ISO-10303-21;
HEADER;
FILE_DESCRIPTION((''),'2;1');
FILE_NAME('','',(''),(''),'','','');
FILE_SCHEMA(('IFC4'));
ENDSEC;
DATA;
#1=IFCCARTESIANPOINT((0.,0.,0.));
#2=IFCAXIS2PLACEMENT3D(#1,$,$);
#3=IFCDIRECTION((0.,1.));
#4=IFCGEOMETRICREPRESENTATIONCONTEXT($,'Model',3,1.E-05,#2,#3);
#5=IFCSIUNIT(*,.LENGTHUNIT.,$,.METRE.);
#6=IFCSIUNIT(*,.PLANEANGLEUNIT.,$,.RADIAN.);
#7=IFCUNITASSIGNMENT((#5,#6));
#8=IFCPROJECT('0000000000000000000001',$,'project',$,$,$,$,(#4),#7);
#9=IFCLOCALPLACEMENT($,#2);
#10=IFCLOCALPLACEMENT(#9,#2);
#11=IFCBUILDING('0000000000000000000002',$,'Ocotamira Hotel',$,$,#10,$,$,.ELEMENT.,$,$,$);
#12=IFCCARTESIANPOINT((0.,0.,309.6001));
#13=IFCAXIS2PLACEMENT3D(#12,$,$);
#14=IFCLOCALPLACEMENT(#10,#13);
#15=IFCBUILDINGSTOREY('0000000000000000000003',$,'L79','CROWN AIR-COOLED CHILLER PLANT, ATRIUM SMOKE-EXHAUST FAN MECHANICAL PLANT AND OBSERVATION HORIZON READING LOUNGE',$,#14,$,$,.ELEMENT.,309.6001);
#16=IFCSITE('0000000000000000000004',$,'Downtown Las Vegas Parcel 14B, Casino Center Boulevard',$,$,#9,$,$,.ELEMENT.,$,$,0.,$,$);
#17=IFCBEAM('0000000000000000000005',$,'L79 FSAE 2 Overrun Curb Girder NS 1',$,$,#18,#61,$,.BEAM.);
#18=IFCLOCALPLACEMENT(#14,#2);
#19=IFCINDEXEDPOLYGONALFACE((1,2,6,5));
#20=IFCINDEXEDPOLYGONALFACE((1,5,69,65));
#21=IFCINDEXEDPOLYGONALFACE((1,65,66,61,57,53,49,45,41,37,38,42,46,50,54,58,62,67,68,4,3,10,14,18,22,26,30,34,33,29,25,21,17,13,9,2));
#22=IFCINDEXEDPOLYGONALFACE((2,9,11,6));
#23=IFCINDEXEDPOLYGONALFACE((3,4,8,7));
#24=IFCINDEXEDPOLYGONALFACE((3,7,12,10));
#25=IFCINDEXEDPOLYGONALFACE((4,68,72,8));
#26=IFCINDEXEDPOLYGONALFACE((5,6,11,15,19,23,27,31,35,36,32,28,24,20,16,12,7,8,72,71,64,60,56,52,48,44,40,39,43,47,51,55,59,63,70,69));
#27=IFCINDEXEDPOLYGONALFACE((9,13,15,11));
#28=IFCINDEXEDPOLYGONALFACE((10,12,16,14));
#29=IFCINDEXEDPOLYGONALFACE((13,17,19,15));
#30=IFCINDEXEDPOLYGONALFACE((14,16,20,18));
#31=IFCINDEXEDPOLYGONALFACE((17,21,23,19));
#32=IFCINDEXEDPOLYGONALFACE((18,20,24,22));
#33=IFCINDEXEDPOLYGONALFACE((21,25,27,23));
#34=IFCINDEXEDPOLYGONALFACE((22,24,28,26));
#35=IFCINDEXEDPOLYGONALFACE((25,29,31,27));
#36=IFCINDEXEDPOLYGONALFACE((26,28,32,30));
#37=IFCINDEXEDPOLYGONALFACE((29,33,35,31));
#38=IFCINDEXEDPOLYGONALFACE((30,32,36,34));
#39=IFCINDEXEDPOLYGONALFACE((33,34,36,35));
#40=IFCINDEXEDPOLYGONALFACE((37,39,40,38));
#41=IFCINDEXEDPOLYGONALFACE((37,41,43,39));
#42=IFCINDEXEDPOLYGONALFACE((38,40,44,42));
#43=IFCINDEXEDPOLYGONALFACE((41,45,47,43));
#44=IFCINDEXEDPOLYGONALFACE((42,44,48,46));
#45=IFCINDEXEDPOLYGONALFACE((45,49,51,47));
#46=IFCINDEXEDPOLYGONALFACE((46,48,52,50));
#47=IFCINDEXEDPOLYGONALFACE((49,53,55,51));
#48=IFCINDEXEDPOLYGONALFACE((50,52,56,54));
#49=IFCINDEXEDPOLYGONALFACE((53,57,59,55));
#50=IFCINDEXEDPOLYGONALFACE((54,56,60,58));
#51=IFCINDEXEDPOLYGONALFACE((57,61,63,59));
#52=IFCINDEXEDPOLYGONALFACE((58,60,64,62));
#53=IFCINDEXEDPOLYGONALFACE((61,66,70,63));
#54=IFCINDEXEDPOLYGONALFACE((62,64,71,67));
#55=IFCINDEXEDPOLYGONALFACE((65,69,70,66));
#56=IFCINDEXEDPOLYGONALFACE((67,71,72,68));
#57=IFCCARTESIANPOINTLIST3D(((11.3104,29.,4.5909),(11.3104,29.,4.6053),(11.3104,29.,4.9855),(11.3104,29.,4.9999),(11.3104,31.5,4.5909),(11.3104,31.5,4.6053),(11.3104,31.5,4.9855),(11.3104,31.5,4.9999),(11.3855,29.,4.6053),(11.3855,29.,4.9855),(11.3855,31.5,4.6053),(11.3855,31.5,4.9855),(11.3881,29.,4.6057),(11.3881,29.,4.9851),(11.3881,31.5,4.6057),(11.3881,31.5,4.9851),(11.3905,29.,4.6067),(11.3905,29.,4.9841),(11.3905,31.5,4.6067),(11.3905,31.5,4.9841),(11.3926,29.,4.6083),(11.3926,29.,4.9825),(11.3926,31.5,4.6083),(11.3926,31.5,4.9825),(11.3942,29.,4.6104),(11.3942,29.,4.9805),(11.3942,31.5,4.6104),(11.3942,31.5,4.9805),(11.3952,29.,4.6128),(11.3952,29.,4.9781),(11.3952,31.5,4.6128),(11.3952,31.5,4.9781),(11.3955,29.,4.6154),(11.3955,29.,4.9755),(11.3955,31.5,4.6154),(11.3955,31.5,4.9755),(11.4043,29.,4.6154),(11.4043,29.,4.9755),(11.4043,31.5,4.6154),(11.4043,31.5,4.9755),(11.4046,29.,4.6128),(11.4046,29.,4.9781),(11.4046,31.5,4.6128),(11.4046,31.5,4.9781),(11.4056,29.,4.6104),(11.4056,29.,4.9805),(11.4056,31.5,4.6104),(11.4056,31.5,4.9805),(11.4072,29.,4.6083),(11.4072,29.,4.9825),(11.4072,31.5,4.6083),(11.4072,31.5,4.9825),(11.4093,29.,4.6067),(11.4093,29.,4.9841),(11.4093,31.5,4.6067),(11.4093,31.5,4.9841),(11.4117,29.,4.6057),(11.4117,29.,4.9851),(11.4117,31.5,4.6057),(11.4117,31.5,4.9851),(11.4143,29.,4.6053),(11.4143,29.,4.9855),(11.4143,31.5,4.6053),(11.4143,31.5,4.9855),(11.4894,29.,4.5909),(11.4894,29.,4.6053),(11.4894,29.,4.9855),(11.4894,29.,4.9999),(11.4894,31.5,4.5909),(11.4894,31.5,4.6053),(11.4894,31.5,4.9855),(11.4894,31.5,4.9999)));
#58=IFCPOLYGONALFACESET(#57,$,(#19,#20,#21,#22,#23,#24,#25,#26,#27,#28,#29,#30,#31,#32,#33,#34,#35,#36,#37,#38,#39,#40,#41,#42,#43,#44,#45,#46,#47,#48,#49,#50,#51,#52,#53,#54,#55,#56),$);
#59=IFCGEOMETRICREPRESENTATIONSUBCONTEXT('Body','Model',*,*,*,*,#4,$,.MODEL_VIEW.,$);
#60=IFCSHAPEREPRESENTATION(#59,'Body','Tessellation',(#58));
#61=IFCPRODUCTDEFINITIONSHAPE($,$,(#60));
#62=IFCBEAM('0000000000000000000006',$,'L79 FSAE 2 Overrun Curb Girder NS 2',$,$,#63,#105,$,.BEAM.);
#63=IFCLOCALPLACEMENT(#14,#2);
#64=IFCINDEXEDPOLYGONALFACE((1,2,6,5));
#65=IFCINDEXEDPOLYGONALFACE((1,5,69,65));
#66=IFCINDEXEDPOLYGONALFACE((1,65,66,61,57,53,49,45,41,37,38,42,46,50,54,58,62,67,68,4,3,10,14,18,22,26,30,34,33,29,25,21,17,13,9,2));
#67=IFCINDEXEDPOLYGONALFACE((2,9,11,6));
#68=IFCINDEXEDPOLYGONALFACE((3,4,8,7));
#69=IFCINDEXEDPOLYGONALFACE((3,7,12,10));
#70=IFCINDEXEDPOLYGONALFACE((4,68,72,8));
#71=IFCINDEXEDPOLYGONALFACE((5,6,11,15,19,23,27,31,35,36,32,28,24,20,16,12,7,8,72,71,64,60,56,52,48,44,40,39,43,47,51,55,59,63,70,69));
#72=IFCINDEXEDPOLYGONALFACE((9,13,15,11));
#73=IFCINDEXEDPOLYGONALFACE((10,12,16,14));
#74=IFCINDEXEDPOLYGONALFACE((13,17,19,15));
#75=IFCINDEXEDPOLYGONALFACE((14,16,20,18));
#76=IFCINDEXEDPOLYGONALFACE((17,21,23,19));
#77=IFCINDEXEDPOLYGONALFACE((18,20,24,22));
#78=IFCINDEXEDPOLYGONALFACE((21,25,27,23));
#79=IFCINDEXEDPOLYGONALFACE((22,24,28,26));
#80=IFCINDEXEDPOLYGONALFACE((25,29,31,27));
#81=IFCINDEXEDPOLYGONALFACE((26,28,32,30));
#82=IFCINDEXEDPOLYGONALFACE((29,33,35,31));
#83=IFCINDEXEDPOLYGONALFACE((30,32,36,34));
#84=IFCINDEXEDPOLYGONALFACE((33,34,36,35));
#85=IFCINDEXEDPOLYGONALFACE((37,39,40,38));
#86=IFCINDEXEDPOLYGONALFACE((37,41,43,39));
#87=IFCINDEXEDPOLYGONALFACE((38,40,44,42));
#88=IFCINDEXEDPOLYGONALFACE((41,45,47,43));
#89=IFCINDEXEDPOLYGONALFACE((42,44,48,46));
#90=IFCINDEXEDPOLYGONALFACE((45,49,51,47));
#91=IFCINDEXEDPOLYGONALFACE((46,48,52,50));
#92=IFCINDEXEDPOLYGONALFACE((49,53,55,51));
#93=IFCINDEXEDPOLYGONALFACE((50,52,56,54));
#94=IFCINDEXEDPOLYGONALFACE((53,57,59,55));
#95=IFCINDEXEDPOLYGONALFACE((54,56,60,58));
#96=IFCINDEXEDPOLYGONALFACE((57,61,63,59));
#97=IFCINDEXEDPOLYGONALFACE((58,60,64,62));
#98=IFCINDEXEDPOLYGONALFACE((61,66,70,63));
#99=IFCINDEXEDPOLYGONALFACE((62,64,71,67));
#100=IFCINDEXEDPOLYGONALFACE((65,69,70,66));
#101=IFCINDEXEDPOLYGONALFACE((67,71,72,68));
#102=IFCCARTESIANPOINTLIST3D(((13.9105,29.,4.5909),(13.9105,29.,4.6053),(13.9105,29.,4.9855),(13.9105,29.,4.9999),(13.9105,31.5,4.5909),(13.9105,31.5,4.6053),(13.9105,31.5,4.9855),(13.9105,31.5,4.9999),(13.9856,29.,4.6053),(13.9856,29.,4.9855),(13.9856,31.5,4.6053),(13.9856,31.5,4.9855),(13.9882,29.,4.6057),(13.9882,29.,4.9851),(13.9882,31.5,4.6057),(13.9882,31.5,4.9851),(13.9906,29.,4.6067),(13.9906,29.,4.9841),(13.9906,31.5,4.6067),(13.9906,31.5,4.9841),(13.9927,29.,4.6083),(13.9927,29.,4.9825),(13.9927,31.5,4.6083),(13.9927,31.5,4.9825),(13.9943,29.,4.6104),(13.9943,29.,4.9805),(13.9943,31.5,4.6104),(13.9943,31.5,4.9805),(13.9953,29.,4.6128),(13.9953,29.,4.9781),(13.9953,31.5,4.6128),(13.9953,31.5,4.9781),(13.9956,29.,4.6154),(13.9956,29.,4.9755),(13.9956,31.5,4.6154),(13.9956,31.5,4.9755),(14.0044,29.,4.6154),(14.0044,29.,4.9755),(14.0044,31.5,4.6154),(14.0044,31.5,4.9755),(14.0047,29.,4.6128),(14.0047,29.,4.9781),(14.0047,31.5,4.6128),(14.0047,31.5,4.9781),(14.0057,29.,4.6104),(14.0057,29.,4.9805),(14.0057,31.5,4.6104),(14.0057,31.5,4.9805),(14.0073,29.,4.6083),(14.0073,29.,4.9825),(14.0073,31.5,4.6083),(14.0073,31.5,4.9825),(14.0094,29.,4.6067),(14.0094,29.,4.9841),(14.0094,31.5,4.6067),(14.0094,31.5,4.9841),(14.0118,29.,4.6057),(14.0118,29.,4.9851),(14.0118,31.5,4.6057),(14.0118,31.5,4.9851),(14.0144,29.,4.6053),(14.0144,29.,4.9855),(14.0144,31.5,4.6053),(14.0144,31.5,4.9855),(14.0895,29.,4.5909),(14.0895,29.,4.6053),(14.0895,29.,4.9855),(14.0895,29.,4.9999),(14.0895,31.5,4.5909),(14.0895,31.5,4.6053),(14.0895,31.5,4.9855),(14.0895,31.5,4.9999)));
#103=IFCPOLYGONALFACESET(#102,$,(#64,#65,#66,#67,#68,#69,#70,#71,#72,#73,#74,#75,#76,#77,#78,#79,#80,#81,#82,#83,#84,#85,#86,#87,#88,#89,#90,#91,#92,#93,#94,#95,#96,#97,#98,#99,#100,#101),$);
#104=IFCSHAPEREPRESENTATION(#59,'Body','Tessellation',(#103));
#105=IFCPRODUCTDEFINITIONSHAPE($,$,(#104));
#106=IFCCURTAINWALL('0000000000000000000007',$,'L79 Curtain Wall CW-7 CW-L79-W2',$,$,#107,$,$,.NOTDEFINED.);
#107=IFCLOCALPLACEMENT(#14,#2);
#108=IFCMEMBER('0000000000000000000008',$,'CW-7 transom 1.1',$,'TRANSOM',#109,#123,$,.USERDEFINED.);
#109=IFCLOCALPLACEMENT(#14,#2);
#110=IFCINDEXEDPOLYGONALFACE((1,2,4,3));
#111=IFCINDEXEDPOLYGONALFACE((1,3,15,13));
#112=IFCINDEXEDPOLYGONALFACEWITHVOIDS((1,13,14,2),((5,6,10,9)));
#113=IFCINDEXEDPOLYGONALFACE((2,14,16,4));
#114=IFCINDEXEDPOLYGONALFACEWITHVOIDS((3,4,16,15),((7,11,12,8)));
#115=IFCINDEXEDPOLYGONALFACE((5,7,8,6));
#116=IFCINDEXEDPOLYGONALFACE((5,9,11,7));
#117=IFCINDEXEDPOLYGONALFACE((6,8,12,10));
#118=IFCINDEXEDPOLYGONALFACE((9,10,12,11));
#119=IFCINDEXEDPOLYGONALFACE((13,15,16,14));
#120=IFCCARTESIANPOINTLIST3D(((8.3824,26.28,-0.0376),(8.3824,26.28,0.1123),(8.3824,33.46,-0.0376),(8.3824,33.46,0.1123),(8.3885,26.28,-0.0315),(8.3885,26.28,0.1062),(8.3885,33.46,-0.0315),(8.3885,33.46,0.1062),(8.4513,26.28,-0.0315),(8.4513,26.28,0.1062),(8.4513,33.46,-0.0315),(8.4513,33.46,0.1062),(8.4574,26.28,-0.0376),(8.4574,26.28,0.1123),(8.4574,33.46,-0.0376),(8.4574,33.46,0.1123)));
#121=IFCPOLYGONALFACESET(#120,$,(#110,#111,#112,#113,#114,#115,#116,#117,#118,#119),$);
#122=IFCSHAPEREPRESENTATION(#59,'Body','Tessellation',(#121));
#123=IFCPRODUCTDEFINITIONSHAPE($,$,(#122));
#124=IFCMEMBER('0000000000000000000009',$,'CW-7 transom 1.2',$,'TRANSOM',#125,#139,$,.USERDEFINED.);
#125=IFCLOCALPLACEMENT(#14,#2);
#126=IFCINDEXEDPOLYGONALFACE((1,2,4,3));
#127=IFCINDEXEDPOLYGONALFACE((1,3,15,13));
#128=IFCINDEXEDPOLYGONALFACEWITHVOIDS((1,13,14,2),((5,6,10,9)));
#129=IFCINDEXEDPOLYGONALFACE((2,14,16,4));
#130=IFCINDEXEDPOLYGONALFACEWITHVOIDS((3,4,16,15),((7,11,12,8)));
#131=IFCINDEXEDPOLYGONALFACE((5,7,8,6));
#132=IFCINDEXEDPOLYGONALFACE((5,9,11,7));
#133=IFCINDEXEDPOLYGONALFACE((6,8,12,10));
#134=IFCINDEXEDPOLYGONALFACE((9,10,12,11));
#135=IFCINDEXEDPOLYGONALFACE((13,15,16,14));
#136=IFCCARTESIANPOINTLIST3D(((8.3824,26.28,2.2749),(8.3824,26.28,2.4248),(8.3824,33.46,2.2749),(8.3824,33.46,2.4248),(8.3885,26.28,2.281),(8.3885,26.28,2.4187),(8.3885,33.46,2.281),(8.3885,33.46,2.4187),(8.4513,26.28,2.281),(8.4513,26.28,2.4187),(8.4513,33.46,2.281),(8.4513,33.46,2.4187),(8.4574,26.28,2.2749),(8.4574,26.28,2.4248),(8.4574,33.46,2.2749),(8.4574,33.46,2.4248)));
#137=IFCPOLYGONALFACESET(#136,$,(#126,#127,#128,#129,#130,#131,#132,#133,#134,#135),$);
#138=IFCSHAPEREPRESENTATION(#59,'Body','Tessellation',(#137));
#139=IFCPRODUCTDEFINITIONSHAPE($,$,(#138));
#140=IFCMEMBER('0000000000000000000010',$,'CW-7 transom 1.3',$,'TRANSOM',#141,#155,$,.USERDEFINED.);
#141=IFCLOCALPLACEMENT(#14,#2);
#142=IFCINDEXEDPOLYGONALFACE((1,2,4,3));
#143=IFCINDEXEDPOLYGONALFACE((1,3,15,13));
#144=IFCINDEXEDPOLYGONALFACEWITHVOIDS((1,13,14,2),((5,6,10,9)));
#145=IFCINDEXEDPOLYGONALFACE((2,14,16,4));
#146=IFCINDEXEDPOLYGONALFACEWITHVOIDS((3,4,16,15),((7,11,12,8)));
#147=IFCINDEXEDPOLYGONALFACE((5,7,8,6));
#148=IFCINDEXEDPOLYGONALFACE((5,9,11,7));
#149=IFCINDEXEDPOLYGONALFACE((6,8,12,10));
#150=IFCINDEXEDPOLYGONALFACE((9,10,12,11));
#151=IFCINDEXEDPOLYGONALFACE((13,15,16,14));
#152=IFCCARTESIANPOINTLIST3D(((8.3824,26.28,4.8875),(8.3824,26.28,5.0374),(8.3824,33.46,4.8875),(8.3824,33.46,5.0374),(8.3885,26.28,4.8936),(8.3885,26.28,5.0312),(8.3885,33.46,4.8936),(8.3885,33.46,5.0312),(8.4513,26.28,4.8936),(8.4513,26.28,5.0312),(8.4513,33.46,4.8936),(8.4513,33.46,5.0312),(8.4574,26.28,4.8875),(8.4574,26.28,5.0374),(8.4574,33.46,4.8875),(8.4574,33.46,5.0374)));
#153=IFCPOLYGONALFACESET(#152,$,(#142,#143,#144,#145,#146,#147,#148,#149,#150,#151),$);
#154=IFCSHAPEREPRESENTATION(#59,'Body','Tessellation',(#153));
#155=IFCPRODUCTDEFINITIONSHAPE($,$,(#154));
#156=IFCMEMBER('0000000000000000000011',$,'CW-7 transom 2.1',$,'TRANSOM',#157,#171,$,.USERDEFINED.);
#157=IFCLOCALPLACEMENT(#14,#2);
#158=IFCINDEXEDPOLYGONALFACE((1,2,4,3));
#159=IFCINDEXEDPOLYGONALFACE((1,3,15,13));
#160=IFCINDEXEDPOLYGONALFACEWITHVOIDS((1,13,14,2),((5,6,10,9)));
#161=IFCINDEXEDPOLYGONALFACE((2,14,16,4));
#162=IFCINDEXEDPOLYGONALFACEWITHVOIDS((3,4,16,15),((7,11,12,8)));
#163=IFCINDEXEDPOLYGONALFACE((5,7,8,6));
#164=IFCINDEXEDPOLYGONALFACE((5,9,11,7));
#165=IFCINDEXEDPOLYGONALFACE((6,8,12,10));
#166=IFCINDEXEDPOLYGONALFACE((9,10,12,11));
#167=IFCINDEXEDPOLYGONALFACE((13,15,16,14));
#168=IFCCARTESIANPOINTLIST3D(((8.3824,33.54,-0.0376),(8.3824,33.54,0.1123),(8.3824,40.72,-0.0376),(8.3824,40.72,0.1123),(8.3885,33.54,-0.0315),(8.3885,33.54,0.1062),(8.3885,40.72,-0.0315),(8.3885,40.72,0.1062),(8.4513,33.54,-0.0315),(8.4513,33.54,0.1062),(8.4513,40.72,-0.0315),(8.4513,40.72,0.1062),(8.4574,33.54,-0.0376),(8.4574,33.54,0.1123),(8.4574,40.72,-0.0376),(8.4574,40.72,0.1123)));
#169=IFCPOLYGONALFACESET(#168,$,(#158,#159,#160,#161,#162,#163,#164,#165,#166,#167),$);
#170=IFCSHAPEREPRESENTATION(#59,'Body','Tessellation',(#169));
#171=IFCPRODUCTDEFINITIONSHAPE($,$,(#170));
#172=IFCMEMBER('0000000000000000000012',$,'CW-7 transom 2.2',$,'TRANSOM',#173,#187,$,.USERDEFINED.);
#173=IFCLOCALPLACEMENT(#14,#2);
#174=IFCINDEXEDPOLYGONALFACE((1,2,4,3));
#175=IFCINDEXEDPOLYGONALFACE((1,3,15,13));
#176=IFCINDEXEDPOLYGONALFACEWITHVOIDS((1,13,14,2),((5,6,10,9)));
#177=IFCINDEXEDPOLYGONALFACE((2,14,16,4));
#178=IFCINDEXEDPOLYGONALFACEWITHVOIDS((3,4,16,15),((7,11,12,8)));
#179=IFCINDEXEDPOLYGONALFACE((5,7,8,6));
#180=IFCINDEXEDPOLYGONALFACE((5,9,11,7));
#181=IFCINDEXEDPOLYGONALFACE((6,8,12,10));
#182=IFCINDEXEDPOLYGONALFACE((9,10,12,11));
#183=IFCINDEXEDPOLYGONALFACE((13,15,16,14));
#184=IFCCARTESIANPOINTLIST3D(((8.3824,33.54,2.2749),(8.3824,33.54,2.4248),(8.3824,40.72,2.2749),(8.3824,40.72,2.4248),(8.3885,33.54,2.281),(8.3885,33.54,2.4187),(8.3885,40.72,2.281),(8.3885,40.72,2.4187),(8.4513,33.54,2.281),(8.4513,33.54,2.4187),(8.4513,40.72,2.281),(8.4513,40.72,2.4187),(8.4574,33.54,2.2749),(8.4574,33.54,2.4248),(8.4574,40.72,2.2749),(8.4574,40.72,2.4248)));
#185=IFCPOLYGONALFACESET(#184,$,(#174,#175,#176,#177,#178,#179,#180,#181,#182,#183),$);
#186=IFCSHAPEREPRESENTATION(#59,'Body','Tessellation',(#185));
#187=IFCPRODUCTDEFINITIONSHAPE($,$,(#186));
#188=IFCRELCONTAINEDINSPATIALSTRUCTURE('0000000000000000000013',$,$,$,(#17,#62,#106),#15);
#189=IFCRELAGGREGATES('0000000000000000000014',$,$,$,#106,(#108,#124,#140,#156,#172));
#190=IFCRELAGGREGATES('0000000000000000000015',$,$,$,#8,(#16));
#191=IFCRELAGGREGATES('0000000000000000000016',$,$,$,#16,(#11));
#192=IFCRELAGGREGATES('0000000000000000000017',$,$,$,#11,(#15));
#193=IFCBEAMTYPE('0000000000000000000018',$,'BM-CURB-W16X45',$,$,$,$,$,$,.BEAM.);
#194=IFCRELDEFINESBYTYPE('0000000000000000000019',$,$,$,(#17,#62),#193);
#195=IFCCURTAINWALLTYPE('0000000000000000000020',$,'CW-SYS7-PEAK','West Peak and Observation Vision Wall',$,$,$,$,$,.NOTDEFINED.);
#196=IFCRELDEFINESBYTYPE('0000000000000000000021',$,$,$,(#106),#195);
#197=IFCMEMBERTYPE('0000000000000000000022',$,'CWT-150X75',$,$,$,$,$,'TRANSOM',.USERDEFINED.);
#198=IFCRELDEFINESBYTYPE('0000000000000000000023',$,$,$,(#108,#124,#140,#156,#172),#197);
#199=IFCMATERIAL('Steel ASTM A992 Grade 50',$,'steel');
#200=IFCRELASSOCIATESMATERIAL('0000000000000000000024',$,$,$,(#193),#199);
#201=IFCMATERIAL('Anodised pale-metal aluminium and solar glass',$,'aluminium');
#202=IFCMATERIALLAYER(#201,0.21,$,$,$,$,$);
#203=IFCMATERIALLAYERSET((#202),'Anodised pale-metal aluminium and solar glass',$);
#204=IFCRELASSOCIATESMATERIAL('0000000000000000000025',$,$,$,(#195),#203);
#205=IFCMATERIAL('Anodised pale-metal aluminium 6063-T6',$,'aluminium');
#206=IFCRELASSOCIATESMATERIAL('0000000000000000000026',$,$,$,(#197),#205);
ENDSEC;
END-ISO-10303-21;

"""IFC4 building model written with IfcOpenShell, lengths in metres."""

from ifc_helpers import new_model, si_unit, direction, frame, origin, origin_2d, place, context, subcontext, project, spatial, hollow_rectangle, i_section, extrude, source, transform, mapped, material, layer, layer_set, material_profile, profile_set, type_object, element, aggregate, save


model = new_model("IFC4")

# Units and contexts
model_context = context("Model", 3, precision=1e-05, world=origin(), true_north=direction((0.0, 1.0)))
body_context = subcontext(model_context, "Body", "Model", "MODEL_VIEW")
ifc_project = project(units=[si_unit("LENGTHUNIT", "METRE"), si_unit("PLANEANGLEUNIT", "RADIAN")], contexts=[model_context])

# Site, building, storey
site_placement = place(None, origin())
site = spatial("IfcSite", under=ifc_project, at=site_placement, Name="Downtown Las Vegas Parcel 14B, Casino Center Boulevard", CompositionType="ELEMENT", RefElevation=0.0)
building_placement = place(site_placement, origin())
building = spatial("IfcBuilding", under=site, at=building_placement, Name="Ocotamira Hotel", CompositionType="ELEMENT")
storey_placement = place(building_placement, frame((0.0, 0.0, 309.6001)))
storey = spatial("IfcBuildingStorey", under=building, at=storey_placement, Name="L79", Description="CROWN AIR-COOLED CHILLER PLANT, ATRIUM SMOKE-EXHAUST FAN MECHANICAL PLANT AND OBSERVATION HORIZON READING LOUNGE", CompositionType="ELEMENT", Elevation=309.6001)

# Beams
ifc_material_1 = material(Name="Steel ASTM A992 Grade 50", Category="steel")
ifc_material_profile_1 = material_profile(ifc_material_1, i_section(OverallWidth=0.179, OverallDepth=0.4089, WebThickness=0.0088, FlangeThickness=0.0144, FilletRadius=0.01, at=origin_2d()), Name="W16X45")
ifc_profile_set_1 = profile_set([ifc_material_profile_1], Name="Steel ASTM A992 Grade 50")
beam_type_1 = type_object("IfcBeamType", Name="BM-CURB-W16X45", PredefinedType="BEAM", material=ifc_profile_set_1)
shared_shape_1 = source(origin(), body_context, "Body", "SweptSolid", [
    extrude(i_section(OverallWidth=0.179, OverallDepth=0.4089, WebThickness=0.0088, FlangeThickness=0.0144, FilletRadius=0.01, at=origin_2d()), origin(), (0.0, 0.0, 1.0), 2.5),
])
for number, where, z_axis, x_axis, name in (
    (1, (11.3999, 29.0, 4.7954), (0.0, 1.0, 0.0), (-1.0, 0.0, 0.0), "L79 FSAE 2 Overrun Curb Girder NS 1"),
    (2, (14.0, 29.0, 4.7954), (0.0, 1.0, 0.0), (-1.0, 0.0, 0.0), "L79 FSAE 2 Overrun Curb Girder NS 2"),
):
    element("IfcBeam", number, at=place(storey_placement, frame(where, z_axis=z_axis, x_axis=x_axis)), inside=storey, type_object=beam_type_1, Name=name, PredefinedType="BEAM", context=body_context, shape_type="MappedRepresentation", body=[
        mapped(shared_shape_1, transform((0.0, 0.0, 0.0), scale=1.0)),
    ])

# Curtain wall, members
ifc_material_2 = material(Name="Anodised pale-metal aluminium and solar glass", Category="aluminium")
ifc_layer_1 = layer(ifc_material_2, 0.21)
ifc_layer_set_1 = layer_set([ifc_layer_1], Name="Anodised pale-metal aluminium and solar glass")
curtain_wall_type = type_object("IfcCurtainWallType", Name="CW-SYS7-PEAK", Description="West Peak and Observation Vision Wall", PredefinedType="NOTDEFINED", material=ifc_layer_set_1)
curtain_wall_placement = place(storey_placement, origin())
curtain_wall = element("IfcCurtainWall", 3, at=curtain_wall_placement, inside=storey, type_object=curtain_wall_type, Name="L79 Curtain Wall CW-7 CW-L79-W2", PredefinedType="NOTDEFINED")
ifc_material_3 = material(Name="Anodised pale-metal aluminium 6063-T6", Category="aluminium")
ifc_material_profile_2 = material_profile(ifc_material_3, hollow_rectangle(XDim=0.075, YDim=0.1499, WallThickness=0.0061, at=origin_2d()), Name="HSS150X75X6")
ifc_profile_set_2 = profile_set([ifc_material_profile_2], Name="Anodised pale-metal aluminium 6063-T6")
member_type_1 = type_object("IfcMemberType", Name="CWT-150X75", ElementType="TRANSOM", PredefinedType="USERDEFINED", material=ifc_profile_set_2)
shared_shape_2 = source(origin(), body_context, "Body", "SweptSolid", [
    extrude(hollow_rectangle(XDim=0.075, YDim=0.1499, WallThickness=0.0061, at=origin_2d()), origin(), (0.0, 0.0, 1.0), 7.1799),
])
member_1_placement = place(storey_placement, frame((8.4199, 26.28, 0.0374), z_axis=(0.0, 1.0, 0.0), x_axis=(-1.0, 0.0, 0.0)))
member_1 = element("IfcMember", 4, at=member_1_placement, type_object=member_type_1, Name="CW-7 transom 1.1", ObjectType="TRANSOM", PredefinedType="USERDEFINED", context=body_context, shape_type="MappedRepresentation", body=[
    mapped(shared_shape_2, transform((0.0, 0.0, 0.0), scale=1.0)),
])
member_2_placement = place(storey_placement, frame((8.4199, 26.28, 2.3499), z_axis=(0.0, 1.0, 0.0), x_axis=(-1.0, 0.0, 0.0)))
member_2 = element("IfcMember", 5, at=member_2_placement, type_object=member_type_1, Name="CW-7 transom 1.2", ObjectType="TRANSOM", PredefinedType="USERDEFINED", context=body_context, shape_type="MappedRepresentation", body=[
    mapped(shared_shape_2, transform((0.0, 0.0, 0.0), scale=1.0)),
])
member_3_placement = place(storey_placement, frame((8.4199, 26.28, 4.9624), z_axis=(0.0, 1.0, 0.0), x_axis=(-1.0, 0.0, 0.0)))
member_3 = element("IfcMember", 6, at=member_3_placement, type_object=member_type_1, Name="CW-7 transom 1.3", ObjectType="TRANSOM", PredefinedType="USERDEFINED", context=body_context, shape_type="MappedRepresentation", body=[
    mapped(shared_shape_2, transform((0.0, 0.0, 0.0), scale=1.0)),
])
member_4_placement = place(storey_placement, frame((8.4199, 33.54, 0.0374), z_axis=(0.0, 1.0, 0.0), x_axis=(-1.0, 0.0, 0.0)))
member_4 = element("IfcMember", 7, at=member_4_placement, type_object=member_type_1, Name="CW-7 transom 2.1", ObjectType="TRANSOM", PredefinedType="USERDEFINED", context=body_context, shape_type="MappedRepresentation", body=[
    mapped(shared_shape_2, transform((0.0, 0.0, 0.0), scale=1.0)),
])
member_5_placement = place(storey_placement, frame((8.4199, 33.54, 2.3499), z_axis=(0.0, 1.0, 0.0), x_axis=(-1.0, 0.0, 0.0)))
member_5 = element("IfcMember", 8, at=member_5_placement, type_object=member_type_1, Name="CW-7 transom 2.2", ObjectType="TRANSOM", PredefinedType="USERDEFINED", context=body_context, shape_type="MappedRepresentation", body=[
    mapped(shared_shape_2, transform((0.0, 0.0, 0.0), scale=1.0)),
])
aggregate(curtain_wall, [member_1, member_2, member_3, member_4, member_5])

save(model, "model.ifc")
